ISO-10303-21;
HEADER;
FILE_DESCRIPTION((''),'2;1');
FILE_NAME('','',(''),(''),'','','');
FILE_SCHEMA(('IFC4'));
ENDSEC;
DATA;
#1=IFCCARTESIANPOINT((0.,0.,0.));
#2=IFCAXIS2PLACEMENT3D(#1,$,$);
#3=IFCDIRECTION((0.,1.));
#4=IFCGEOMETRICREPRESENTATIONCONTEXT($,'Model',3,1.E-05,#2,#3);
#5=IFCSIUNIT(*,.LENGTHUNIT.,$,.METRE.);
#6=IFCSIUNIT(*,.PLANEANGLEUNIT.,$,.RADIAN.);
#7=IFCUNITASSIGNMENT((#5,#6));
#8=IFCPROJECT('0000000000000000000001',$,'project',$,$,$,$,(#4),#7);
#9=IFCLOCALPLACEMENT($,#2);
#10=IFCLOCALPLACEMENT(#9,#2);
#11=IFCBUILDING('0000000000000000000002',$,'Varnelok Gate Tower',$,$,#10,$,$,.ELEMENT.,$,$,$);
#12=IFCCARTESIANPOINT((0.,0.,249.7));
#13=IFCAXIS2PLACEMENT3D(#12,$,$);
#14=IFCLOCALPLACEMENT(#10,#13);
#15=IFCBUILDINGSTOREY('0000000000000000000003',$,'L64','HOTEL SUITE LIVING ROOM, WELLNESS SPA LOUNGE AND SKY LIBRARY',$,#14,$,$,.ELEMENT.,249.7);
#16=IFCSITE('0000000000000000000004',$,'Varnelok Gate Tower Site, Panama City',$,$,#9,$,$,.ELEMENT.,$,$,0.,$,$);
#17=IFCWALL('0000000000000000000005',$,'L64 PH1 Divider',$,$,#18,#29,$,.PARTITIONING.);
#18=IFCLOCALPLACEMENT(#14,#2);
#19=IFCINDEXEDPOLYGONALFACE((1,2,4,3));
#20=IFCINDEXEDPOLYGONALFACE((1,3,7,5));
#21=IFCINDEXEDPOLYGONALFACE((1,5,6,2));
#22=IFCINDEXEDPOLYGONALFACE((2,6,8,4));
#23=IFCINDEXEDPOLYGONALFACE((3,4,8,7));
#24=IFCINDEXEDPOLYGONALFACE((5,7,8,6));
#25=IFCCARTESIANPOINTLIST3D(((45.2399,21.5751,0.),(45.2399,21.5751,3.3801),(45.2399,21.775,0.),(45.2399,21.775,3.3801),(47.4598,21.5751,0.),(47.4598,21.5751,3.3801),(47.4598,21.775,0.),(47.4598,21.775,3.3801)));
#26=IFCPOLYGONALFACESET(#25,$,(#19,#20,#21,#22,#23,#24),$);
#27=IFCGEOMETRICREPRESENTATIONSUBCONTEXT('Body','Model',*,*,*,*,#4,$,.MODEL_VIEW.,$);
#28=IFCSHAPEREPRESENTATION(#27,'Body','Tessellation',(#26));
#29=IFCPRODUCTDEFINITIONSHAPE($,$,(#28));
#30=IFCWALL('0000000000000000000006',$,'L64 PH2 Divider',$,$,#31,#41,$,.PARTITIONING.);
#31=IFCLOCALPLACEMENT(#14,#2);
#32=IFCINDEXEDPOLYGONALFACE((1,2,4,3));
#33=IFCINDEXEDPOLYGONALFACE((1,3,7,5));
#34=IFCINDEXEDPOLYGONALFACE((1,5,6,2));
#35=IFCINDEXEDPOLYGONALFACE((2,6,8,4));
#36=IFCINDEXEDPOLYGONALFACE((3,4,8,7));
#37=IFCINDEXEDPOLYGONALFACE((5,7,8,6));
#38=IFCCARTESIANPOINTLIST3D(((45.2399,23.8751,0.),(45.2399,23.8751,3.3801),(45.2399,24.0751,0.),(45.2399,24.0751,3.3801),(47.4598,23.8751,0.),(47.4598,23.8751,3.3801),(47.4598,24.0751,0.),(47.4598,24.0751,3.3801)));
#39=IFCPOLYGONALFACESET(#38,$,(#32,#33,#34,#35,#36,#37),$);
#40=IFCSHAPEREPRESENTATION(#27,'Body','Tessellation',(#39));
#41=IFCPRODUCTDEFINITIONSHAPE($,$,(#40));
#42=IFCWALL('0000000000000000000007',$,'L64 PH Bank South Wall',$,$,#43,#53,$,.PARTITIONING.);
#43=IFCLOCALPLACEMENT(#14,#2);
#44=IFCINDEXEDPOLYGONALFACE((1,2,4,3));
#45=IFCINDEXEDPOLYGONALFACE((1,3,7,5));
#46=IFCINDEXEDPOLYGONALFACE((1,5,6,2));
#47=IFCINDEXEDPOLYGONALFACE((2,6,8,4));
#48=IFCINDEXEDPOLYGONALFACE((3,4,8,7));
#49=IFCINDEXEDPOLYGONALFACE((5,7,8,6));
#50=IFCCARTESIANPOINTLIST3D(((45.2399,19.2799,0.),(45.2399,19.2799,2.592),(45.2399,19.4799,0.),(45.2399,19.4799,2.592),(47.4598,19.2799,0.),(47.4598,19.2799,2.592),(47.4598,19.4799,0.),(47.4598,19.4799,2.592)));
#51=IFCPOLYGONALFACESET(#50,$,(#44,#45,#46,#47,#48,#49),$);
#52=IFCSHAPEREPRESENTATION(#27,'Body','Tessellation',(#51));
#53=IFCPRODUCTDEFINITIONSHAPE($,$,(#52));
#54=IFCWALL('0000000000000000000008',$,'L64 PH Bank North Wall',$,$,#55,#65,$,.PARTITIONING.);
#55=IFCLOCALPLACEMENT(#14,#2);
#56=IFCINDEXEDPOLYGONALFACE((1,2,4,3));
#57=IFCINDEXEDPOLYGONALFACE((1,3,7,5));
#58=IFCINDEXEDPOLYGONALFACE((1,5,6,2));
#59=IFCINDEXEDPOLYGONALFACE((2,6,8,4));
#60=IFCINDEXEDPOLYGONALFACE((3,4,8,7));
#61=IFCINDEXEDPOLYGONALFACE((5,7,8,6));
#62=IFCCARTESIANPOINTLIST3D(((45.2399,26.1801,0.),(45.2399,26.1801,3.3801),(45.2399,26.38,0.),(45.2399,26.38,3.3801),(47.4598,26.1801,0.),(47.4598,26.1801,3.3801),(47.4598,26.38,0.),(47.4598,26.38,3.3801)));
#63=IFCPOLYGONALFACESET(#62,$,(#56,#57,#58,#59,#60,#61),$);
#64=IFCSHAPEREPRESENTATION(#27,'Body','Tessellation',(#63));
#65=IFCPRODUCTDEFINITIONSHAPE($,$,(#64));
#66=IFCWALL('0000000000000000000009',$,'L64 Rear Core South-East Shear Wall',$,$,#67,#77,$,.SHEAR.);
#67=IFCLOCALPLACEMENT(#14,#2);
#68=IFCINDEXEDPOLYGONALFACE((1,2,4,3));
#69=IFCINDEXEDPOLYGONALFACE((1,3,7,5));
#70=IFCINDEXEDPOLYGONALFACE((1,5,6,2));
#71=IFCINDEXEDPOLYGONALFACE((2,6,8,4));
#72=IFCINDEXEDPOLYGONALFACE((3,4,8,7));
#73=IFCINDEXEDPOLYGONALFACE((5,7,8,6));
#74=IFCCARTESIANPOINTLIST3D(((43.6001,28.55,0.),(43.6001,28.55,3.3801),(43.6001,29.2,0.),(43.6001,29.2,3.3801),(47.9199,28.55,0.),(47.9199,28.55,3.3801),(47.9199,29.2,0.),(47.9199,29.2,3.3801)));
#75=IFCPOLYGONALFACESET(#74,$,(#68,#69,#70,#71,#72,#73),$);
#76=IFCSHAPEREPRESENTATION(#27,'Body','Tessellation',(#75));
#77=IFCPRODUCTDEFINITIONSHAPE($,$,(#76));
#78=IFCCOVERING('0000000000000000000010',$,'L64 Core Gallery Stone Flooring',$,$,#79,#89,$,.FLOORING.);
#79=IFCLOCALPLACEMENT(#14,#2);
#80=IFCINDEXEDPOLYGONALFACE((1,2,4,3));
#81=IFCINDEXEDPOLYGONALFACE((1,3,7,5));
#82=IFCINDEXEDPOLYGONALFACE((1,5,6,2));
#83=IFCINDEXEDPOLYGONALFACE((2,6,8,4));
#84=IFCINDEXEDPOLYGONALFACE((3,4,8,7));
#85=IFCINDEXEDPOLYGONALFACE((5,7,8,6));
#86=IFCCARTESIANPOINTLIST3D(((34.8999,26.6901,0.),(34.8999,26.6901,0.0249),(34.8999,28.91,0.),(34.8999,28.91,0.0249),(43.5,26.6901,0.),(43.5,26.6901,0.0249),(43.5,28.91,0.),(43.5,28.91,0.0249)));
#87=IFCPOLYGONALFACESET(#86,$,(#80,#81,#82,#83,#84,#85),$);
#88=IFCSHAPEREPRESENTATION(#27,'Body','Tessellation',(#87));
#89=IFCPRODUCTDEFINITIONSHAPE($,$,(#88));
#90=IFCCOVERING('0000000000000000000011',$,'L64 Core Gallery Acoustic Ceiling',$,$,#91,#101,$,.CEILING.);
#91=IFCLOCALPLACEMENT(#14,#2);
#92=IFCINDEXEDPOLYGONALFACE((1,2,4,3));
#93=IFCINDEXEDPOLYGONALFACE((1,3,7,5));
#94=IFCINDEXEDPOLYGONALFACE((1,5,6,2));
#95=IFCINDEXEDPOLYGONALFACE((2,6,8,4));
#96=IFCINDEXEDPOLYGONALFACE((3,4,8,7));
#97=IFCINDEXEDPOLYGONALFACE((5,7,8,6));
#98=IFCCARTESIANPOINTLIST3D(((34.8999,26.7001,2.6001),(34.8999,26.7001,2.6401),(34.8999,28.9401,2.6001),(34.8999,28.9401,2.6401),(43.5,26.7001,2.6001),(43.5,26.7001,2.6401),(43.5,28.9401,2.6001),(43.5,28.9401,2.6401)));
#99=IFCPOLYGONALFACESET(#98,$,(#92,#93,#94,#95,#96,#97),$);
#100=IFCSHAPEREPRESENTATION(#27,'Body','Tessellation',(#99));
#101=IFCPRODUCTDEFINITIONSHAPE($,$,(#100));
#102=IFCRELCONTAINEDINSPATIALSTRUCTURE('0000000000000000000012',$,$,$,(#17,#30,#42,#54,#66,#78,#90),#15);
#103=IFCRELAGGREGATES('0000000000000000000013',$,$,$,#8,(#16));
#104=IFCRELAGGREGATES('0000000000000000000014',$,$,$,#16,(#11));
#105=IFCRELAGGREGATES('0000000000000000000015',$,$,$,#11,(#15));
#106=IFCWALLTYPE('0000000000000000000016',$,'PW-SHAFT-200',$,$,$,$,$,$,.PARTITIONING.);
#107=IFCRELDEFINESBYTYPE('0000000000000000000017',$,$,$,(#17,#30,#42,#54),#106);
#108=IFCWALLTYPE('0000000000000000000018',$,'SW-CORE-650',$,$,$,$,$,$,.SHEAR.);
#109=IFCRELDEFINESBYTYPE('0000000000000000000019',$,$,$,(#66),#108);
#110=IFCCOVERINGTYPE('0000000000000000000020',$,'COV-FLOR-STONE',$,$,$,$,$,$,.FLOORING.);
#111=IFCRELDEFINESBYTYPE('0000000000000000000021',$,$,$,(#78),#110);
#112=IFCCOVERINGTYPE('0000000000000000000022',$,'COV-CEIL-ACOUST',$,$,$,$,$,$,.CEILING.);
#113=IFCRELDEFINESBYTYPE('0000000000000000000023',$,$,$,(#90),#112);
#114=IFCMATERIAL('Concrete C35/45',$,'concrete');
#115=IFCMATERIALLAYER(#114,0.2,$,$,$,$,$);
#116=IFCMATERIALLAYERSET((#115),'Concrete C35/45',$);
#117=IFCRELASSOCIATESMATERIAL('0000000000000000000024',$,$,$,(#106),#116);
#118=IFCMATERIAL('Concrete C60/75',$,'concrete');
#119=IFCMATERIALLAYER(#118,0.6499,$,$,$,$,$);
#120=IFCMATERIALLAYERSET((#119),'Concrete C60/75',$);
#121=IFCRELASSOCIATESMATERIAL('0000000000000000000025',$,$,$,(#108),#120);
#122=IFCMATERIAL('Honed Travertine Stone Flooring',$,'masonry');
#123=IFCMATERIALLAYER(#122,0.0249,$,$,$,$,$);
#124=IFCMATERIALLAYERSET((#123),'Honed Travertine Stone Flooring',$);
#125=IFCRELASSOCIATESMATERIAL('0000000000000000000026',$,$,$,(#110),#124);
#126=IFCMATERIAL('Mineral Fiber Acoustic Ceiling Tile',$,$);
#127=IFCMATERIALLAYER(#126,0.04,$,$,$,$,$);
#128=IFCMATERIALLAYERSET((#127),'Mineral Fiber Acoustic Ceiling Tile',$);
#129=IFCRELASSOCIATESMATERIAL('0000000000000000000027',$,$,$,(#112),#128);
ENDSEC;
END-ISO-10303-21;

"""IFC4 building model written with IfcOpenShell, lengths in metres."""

from ifc_helpers import new_model, si_unit, direction, frame, frame_2d, origin, origin_2d, place, context, subcontext, project, spatial, rectangle, extrude, source, transform, mapped, material, layer, layer_set, type_object, element, save


model = new_model("IFC4")

# Units and contexts
model_context = context("Model", 3, precision=1e-05, world=origin(), true_north=direction((0.0, 1.0)))
body_context = subcontext(model_context, "Body", "Model", "MODEL_VIEW")
ifc_project = project(units=[si_unit("LENGTHUNIT", "METRE"), si_unit("PLANEANGLEUNIT", "RADIAN")], contexts=[model_context])

# Site, building, storey
site_placement = place(None, origin())
site = spatial("IfcSite", under=ifc_project, at=site_placement, Name="Varnelok Gate Tower Site, Panama City", CompositionType="ELEMENT", RefElevation=0.0)
building_placement = place(site_placement, origin())
building = spatial("IfcBuilding", under=site, at=building_placement, Name="Varnelok Gate Tower", CompositionType="ELEMENT")
storey_placement = place(building_placement, frame((0.0, 0.0, 249.7)))
storey = spatial("IfcBuildingStorey", under=building, at=storey_placement, Name="L64", Description="HOTEL SUITE LIVING ROOM, WELLNESS SPA LOUNGE AND SKY LIBRARY", CompositionType="ELEMENT", Elevation=249.7)

# Shared definitions
ifc_material_1 = material(Name="Concrete C60/75", Category="concrete")

# Walls
ifc_material_2 = material(Name="Concrete C35/45", Category="concrete")
ifc_layer_1 = layer(ifc_material_2, 0.2)
ifc_layer_set_1 = layer_set([ifc_layer_1], Name="Concrete C35/45")
wall_type_1 = type_object("IfcWallType", Name="PW-SHAFT-200", PredefinedType="PARTITIONING", material=ifc_layer_set_1)
for number, where, z_axis, x_axis, name in (
    (1, (45.24, 21.675, 0.0), (0.0, 0.0, 1.0), (1.0, 0.0, 0.0), "L64 PH1 Divider"),
    (2, (45.24, 23.9751, 0.0), (0.0, 0.0, 1.0), (1.0, 0.0, 0.0), "L64 PH2 Divider"),
):
    element("IfcWall", number, at=place(storey_placement, frame(where, z_axis=z_axis, x_axis=x_axis)), inside=storey, type_object=wall_type_1, Name=name, PredefinedType="PARTITIONING", context=body_context, shape_type="SweptSolid", body=[
        extrude(rectangle(XDim=2.22, YDim=0.2, at=frame_2d((1.1099, 0.0))), origin(), (0.0, 0.0, 1.0), 3.3801),
    ])
wall_1_placement = place(storey_placement, frame((45.24, 19.3799, 0.0), z_axis=(0.0, 0.0, 1.0), x_axis=(1.0, 0.0, 0.0)))
element("IfcWall", 3, at=wall_1_placement, inside=storey, type_object=wall_type_1, Name="L64 PH Bank South Wall", PredefinedType="PARTITIONING", context=body_context, shape_type="SweptSolid", body=[
    extrude(rectangle(XDim=2.22, YDim=0.2, at=frame_2d((1.1099, 0.0))), origin(), (0.0, 0.0, 1.0), 2.592),
])
wall_2_placement = place(storey_placement, frame((45.24, 26.28, 0.0), z_axis=(0.0, 0.0, 1.0), x_axis=(1.0, 0.0, 0.0)))
element("IfcWall", 4, at=wall_2_placement, inside=storey, type_object=wall_type_1, Name="L64 PH Bank North Wall", PredefinedType="PARTITIONING", context=body_context, shape_type="SweptSolid", body=[
    extrude(rectangle(XDim=2.22, YDim=0.2, at=frame_2d((1.1099, 0.0))), origin(), (0.0, 0.0, 1.0), 3.3801),
])

# Wall
ifc_layer_2 = layer(ifc_material_1, 0.6499)
ifc_layer_set_2 = layer_set([ifc_layer_2], Name="Concrete C60/75")
wall_type_2 = type_object("IfcWallType", Name="SW-CORE-650", PredefinedType="SHEAR", material=ifc_layer_set_2)
wall_3_placement = place(storey_placement, frame((43.6001, 28.875, 0.0), z_axis=(0.0, 0.0, 1.0), x_axis=(1.0, 0.0, 0.0)))
element("IfcWall", 5, at=wall_3_placement, inside=storey, type_object=wall_type_2, Name="L64 Rear Core South-East Shear Wall", PredefinedType="SHEAR", context=body_context, shape_type="SweptSolid", body=[
    extrude(rectangle(XDim=4.3198, YDim=0.6499, at=frame_2d((2.1599, 0.0))), origin(), (0.0, 0.0, 1.0), 3.3801),
])

# Coverings
ifc_material_3 = material(Name="Honed Travertine Stone Flooring", Category="masonry")
ifc_layer_3 = layer(ifc_material_3, 0.0249)
ifc_layer_set_3 = layer_set([ifc_layer_3], Name="Honed Travertine Stone Flooring")
covering_type_1 = type_object("IfcCoveringType", Name="COV-FLOR-STONE", PredefinedType="FLOORING", material=ifc_layer_set_3)
shared_shape_1 = source(origin(), body_context, "Body", "SweptSolid", [
    extrude(rectangle(XDim=8.6001, YDim=2.22, at=origin_2d()), origin(), (0.0, 0.0, 1.0), 0.0249),
])
covering_1_placement = place(storey_placement, frame((39.2, 27.8, 0.0), z_axis=(0.0, 0.0, 1.0), x_axis=(1.0, 0.0, 0.0)))
element("IfcCovering", 6, at=covering_1_placement, inside=storey, type_object=covering_type_1, Name="L64 Core Gallery Stone Flooring", PredefinedType="FLOORING", context=body_context, shape_type="MappedRepresentation", body=[
    mapped(shared_shape_1, transform((0.0, 0.0, 0.0), scale=1.0)),
])
ifc_material_4 = material(Name="Mineral Fiber Acoustic Ceiling Tile")
ifc_layer_4 = layer(ifc_material_4, 0.04)
ifc_layer_set_4 = layer_set([ifc_layer_4], Name="Mineral Fiber Acoustic Ceiling Tile")
covering_type_2 = type_object("IfcCoveringType", Name="COV-CEIL-ACOUST", PredefinedType="CEILING", material=ifc_layer_set_4)
shared_shape_2 = source(origin(), body_context, "Body", "SweptSolid", [
    extrude(rectangle(XDim=8.6001, YDim=2.24, at=origin_2d()), origin(), (0.0, 0.0, 1.0), 0.04),
])
covering_2_placement = place(storey_placement, frame((39.2, 27.8201, 2.6001), z_axis=(0.0, 0.0, 1.0), x_axis=(1.0, 0.0, 0.0)))
element("IfcCovering", 7, at=covering_2_placement, inside=storey, type_object=covering_type_2, Name="L64 Core Gallery Acoustic Ceiling", PredefinedType="CEILING", context=body_context, shape_type="MappedRepresentation", body=[
    mapped(shared_shape_2, transform((0.0, 0.0, 0.0), scale=1.0)),
])

save(model, "model.ifc")
